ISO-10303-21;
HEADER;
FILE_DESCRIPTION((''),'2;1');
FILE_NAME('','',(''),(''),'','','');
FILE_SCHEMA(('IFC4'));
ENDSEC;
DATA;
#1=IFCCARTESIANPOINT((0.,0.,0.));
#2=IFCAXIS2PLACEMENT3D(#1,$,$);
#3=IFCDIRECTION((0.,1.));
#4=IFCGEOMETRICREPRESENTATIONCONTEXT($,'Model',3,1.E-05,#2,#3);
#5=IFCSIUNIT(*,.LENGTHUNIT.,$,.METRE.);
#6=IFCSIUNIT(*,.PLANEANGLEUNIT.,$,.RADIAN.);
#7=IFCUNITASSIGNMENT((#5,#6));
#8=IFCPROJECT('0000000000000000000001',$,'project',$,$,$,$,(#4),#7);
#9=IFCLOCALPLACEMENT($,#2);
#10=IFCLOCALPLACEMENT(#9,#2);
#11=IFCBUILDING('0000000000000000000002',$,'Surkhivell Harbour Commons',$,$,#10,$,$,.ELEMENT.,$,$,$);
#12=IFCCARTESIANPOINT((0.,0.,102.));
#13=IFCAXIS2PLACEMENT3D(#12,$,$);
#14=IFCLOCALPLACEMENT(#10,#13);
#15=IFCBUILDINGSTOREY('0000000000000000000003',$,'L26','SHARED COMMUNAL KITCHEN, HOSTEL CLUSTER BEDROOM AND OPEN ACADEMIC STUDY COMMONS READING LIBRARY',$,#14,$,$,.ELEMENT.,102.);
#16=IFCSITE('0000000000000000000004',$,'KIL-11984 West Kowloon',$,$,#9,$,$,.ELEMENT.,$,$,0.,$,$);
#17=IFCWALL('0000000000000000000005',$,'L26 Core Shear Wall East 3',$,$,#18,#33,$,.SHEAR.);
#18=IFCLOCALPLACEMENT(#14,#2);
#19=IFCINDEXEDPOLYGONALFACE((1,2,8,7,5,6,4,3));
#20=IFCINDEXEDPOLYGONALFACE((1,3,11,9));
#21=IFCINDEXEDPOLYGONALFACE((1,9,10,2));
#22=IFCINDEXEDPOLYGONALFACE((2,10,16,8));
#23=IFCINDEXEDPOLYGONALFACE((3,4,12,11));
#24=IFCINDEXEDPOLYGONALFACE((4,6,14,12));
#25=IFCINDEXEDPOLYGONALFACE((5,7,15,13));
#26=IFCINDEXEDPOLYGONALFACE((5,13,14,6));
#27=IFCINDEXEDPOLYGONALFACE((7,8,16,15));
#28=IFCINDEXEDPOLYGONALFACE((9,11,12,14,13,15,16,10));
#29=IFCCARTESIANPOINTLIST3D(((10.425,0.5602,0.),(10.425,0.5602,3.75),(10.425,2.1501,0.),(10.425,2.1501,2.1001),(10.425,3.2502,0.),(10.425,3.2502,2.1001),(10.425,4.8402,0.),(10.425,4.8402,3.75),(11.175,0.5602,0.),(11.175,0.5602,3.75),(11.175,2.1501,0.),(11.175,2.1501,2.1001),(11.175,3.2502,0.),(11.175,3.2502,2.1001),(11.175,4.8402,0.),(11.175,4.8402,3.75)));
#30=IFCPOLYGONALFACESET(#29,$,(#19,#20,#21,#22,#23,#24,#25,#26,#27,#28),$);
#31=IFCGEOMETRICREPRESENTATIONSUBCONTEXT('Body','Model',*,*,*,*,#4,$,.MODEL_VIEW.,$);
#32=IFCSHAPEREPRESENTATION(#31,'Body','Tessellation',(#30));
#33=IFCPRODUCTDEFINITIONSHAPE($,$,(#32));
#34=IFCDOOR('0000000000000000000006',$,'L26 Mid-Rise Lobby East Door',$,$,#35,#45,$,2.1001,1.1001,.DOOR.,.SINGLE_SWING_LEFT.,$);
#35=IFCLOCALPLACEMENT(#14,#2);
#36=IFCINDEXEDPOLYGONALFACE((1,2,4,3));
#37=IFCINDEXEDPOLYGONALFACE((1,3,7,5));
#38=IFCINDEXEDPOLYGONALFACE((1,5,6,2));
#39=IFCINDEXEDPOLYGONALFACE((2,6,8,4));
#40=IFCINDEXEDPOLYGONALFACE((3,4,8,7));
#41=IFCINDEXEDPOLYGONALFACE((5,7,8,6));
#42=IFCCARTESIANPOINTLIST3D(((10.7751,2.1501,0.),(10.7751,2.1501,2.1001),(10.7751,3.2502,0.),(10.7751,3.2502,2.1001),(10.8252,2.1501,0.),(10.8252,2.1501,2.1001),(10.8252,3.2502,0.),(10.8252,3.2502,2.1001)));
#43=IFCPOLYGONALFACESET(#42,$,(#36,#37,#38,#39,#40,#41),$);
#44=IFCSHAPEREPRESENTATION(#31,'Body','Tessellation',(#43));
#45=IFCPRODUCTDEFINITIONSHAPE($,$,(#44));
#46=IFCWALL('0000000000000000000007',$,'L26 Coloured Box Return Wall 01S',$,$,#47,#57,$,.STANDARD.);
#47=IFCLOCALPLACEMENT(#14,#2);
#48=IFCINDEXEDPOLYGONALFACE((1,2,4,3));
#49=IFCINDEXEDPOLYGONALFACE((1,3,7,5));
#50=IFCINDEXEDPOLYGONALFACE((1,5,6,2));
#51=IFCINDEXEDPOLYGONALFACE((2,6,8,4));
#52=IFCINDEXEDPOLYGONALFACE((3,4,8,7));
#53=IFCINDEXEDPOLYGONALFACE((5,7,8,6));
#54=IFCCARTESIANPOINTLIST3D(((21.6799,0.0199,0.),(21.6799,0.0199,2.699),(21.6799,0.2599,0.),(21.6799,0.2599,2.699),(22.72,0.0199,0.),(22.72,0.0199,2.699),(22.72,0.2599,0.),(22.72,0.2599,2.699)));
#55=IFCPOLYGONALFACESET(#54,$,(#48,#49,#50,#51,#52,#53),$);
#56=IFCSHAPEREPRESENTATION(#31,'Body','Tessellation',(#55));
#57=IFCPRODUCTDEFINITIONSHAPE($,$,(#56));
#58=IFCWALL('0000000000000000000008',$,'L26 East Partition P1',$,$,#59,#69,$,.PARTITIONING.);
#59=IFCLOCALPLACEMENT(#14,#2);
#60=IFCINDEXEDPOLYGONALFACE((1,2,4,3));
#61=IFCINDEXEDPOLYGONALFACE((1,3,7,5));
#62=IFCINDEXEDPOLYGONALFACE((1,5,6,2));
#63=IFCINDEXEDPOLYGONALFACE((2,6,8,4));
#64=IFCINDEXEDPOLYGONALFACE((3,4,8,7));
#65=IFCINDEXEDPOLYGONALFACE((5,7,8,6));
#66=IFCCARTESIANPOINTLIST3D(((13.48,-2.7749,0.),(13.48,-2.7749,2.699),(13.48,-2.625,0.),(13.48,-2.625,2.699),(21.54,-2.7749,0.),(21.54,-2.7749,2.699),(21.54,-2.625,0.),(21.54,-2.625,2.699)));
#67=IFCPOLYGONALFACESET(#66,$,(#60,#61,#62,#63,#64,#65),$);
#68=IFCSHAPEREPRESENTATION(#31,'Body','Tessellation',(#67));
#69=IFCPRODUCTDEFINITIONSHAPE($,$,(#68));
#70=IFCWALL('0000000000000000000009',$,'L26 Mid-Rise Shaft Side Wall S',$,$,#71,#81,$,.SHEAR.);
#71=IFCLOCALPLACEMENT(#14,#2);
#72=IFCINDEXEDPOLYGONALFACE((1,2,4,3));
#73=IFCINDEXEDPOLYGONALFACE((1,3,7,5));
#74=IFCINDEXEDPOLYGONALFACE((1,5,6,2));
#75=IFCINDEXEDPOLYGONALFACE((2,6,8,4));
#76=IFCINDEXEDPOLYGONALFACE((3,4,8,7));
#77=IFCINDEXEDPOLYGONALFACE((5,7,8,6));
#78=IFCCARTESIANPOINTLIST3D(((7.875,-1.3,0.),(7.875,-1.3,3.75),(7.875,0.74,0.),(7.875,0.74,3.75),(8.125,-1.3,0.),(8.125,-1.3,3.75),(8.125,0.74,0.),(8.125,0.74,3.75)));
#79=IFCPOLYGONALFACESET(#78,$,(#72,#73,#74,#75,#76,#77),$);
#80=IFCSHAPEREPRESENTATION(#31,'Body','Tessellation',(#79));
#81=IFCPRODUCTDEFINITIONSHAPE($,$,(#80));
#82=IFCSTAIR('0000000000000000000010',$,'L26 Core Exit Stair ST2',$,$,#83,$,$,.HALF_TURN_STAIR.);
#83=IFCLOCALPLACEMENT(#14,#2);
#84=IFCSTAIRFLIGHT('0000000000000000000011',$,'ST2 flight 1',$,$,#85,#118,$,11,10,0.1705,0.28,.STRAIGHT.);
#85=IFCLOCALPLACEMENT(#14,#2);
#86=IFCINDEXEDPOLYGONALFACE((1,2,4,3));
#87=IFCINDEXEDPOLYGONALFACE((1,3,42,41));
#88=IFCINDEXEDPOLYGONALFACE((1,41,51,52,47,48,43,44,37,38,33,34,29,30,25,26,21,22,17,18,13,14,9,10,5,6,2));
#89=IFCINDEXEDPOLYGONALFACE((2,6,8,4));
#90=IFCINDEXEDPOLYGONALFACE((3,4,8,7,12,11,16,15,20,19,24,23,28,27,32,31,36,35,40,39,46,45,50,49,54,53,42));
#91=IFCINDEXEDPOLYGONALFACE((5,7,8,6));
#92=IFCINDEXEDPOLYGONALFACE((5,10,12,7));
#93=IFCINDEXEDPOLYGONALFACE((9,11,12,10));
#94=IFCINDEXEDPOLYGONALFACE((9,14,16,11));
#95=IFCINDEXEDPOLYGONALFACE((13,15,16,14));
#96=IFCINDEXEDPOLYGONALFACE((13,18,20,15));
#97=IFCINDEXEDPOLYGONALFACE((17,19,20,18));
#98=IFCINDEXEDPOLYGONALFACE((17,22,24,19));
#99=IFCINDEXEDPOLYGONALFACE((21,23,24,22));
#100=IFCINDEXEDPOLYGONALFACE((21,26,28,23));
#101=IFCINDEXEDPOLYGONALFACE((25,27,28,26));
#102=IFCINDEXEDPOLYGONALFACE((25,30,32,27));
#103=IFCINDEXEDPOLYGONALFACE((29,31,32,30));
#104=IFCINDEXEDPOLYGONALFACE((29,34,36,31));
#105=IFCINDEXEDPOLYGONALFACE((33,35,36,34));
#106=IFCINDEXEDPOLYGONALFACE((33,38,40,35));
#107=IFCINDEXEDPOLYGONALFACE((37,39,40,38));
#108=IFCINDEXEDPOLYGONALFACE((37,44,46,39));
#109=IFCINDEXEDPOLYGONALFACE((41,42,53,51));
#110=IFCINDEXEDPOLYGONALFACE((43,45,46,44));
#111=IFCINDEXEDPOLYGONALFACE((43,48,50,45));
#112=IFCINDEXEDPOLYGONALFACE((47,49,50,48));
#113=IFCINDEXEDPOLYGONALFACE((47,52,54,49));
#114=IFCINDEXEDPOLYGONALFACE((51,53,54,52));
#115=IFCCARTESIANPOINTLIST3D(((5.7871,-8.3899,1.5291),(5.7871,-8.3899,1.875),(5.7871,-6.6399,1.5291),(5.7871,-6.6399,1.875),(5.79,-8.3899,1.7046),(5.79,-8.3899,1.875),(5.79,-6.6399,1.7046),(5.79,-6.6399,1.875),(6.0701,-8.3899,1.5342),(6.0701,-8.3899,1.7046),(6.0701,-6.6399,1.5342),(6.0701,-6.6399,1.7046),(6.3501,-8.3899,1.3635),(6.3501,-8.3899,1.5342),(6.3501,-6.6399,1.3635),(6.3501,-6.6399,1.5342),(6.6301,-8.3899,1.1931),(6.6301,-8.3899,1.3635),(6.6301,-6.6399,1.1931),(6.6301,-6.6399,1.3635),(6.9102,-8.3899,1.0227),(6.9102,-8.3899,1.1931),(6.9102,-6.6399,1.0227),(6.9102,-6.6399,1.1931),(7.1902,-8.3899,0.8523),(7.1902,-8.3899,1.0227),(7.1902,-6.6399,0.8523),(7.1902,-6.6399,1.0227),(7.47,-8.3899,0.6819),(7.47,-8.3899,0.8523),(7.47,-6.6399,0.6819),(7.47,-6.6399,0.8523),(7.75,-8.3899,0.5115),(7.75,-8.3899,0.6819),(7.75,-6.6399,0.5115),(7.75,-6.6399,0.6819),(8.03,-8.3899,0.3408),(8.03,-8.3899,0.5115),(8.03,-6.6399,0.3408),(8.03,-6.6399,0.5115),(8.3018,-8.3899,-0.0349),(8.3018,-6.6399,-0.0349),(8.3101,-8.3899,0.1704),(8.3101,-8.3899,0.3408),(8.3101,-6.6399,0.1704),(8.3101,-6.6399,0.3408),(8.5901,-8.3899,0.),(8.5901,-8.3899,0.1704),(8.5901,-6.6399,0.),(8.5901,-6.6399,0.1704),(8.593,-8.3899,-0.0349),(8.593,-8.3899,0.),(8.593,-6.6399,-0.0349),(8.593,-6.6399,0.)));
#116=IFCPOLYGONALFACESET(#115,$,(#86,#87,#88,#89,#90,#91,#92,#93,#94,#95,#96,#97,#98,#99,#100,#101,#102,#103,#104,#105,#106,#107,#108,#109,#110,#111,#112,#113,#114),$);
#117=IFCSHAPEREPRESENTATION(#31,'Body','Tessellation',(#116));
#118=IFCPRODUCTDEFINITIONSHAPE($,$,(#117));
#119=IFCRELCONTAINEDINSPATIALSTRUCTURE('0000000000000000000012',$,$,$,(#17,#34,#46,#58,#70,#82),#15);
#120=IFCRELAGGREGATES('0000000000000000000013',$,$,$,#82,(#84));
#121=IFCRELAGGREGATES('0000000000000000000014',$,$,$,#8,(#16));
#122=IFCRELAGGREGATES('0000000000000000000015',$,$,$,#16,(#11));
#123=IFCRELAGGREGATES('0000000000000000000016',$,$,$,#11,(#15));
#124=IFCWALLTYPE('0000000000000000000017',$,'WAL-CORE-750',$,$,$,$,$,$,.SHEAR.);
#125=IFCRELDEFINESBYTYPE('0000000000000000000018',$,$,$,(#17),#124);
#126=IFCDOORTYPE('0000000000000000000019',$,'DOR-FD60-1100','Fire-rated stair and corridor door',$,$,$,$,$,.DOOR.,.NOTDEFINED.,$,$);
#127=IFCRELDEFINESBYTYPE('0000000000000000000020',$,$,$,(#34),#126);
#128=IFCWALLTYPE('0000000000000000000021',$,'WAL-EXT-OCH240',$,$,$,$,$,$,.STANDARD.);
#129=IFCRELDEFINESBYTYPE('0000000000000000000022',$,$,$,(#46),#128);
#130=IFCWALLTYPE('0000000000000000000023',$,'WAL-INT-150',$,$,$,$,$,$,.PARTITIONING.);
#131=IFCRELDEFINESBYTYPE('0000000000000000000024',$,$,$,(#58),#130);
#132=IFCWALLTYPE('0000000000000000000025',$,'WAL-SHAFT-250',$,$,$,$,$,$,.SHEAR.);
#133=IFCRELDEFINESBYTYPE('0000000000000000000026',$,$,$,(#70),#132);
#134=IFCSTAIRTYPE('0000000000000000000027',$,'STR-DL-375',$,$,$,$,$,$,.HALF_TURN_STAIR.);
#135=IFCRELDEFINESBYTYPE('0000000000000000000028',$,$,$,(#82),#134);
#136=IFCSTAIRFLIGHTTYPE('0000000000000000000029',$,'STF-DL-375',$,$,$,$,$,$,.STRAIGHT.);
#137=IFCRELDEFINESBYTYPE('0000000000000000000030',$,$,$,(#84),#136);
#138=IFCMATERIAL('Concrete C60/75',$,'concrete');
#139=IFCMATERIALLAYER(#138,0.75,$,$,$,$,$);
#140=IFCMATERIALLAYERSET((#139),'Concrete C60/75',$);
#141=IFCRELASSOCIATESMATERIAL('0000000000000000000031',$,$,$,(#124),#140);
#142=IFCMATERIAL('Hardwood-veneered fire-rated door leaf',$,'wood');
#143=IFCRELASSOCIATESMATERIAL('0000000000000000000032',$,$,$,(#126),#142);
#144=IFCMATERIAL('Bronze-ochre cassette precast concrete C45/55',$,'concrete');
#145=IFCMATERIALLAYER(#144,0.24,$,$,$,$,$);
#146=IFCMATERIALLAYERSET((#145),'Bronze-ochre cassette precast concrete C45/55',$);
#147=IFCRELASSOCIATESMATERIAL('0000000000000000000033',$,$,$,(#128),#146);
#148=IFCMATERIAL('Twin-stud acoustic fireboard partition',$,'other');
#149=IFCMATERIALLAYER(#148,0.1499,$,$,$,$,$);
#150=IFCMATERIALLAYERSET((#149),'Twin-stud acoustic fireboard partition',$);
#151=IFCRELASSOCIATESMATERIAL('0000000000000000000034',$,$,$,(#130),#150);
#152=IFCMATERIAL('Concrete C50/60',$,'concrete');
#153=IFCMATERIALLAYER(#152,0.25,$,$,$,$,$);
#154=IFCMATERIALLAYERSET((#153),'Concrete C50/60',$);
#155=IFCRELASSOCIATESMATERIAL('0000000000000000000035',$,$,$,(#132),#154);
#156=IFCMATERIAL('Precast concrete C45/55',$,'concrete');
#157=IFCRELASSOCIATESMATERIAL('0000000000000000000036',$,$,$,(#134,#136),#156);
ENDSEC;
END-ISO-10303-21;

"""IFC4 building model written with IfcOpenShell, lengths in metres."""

from ifc_helpers import new_model, si_unit, direction, frame, frame_2d, origin, place, context, subcontext, project, spatial, polyline, rectangle, outline, extrude, material, layer, layer_set, type_object, element, fill, aggregate, save


model = new_model("IFC4")

# Units and contexts
model_context = context("Model", 3, precision=1e-05, world=origin(), true_north=direction((0.0, 1.0)))
body_context = subcontext(model_context, "Body", "Model", "MODEL_VIEW")
ifc_project = project(units=[si_unit("LENGTHUNIT", "METRE"), si_unit("PLANEANGLEUNIT", "RADIAN")], contexts=[model_context])

# Site, building, storey
site_placement = place(None, origin())
site = spatial("IfcSite", under=ifc_project, at=site_placement, Name="KIL-11984 West Kowloon", CompositionType="ELEMENT", RefElevation=0.0)
building_placement = place(site_placement, origin())
building = spatial("IfcBuilding", under=site, at=building_placement, Name="Surkhivell Harbour Commons", CompositionType="ELEMENT")
storey_placement = place(building_placement, frame((0.0, 0.0, 102.0)))
storey = spatial("IfcBuildingStorey", under=building, at=storey_placement, Name="L26", Description="SHARED COMMUNAL KITCHEN, HOSTEL CLUSTER BEDROOM AND OPEN ACADEMIC STUDY COMMONS READING LIBRARY", CompositionType="ELEMENT", Elevation=102.0)

# Shared definitions
ifc_material_1 = material(Name="Concrete C60/75", Category="concrete")

# Wall, opening, door
ifc_layer_1 = layer(ifc_material_1, 0.75)
ifc_layer_set_1 = layer_set([ifc_layer_1], Name="Concrete C60/75")
wall_type_1 = type_object("IfcWallType", Name="WAL-CORE-750", PredefinedType="SHEAR", material=ifc_layer_set_1)
ifc_material_2 = material(Name="Hardwood-veneered fire-rated door leaf", Category="wood")
wall_1_placement = place(storey_placement, frame((10.8, 0.5601, 0.0), z_axis=(0.0, 0.0, 1.0), x_axis=(0.0, 1.0, 0.0)))
wall_1 = element("IfcWall", 1, at=wall_1_placement, inside=storey, type_object=wall_type_1, Name="L26 Core Shear Wall East 3", PredefinedType="SHEAR", context=body_context, shape_type="SweptSolid", body=[
    extrude(rectangle(XDim=4.28, YDim=0.75, at=frame_2d((2.1401, 0.0))), origin(), (0.0, 0.0, 1.0), 3.75),
])
opening_1_placement = place(wall_1_placement, frame((1.5901, 0.0, 0.0)))
opening_1 = element("IfcOpeningElement", 2, at=opening_1_placement, cuts=wall_1, PredefinedType="OPENING", context=body_context, shape_type="SweptSolid", body=[
    extrude(rectangle(XDim=1.1001, YDim=2.1001, at=frame_2d((0.55, 1.05))), frame((0.0, 0.385, 0.0), z_axis=(0.0, -1.0, 0.0), x_axis=(1.0, 0.0, 0.0)), (0.0, 0.0, 1.0), 0.77),
])
door_type_1 = type_object("IfcDoorType", Name="DOR-FD60-1100", Description="Fire-rated stair and corridor door", OperationType="NOTDEFINED", PredefinedType="DOOR", material=ifc_material_2)
door_1_placement = place(opening_1_placement, origin())
door_1 = element("IfcDoor", 3, at=door_1_placement, inside=storey, type_object=door_type_1, Name="L26 Mid-Rise Lobby East Door", OperationType="SINGLE_SWING_LEFT", OverallHeight=2.1001, OverallWidth=1.1001, PredefinedType="DOOR", context=body_context, shape_type="SweptSolid", body=[
    extrude(rectangle(XDim=1.1001, YDim=2.1001, at=frame_2d((0.55, 1.05))), frame((0.0, 0.0249, 0.0), z_axis=(0.0, -1.0, 0.0), x_axis=(1.0, 0.0, 0.0)), (0.0, 0.0, 1.0), 0.05),
])
fill(opening_1, door_1)

# Walls
ifc_material_3 = material(Name="Bronze-ochre cassette precast concrete C45/55", Category="concrete")
ifc_layer_2 = layer(ifc_material_3, 0.24)
ifc_layer_set_2 = layer_set([ifc_layer_2], Name="Bronze-ochre cassette precast concrete C45/55")
wall_type_2 = type_object("IfcWallType", Name="WAL-EXT-OCH240", PredefinedType="STANDARD", material=ifc_layer_set_2)
wall_2_placement = place(storey_placement, frame((21.6799, 0.1399, 0.0), z_axis=(0.0, 0.0, 1.0), x_axis=(1.0, 0.0, 0.0)))
element("IfcWall", 4, at=wall_2_placement, inside=storey, type_object=wall_type_2, Name="L26 Coloured Box Return Wall 01S", PredefinedType="STANDARD", context=body_context, shape_type="SweptSolid", body=[
    extrude(rectangle(XDim=1.04, YDim=0.24, at=frame_2d((0.52, 0.0))), origin(), (0.0, 0.0, 1.0), 2.699),
])
ifc_material_4 = material(Name="Twin-stud acoustic fireboard partition", Category="other")
ifc_layer_3 = layer(ifc_material_4, 0.1499)
ifc_layer_set_3 = layer_set([ifc_layer_3], Name="Twin-stud acoustic fireboard partition")
wall_type_3 = type_object("IfcWallType", Name="WAL-INT-150", PredefinedType="PARTITIONING", material=ifc_layer_set_3)
wall_3_placement = place(storey_placement, frame((13.48, -2.7, 0.0), z_axis=(0.0, 0.0, 1.0), x_axis=(1.0, 0.0, 0.0)))
element("IfcWall", 5, at=wall_3_placement, inside=storey, type_object=wall_type_3, Name="L26 East Partition P1", PredefinedType="PARTITIONING", context=body_context, shape_type="SweptSolid", body=[
    extrude(rectangle(XDim=8.0601, YDim=0.1499, at=frame_2d((4.03, 0.0))), origin(), (0.0, 0.0, 1.0), 2.699),
])
ifc_material_5 = material(Name="Concrete C50/60", Category="concrete")
ifc_layer_4 = layer(ifc_material_5, 0.25)
ifc_layer_set_4 = layer_set([ifc_layer_4], Name="Concrete C50/60")
wall_type_4 = type_object("IfcWallType", Name="WAL-SHAFT-250", PredefinedType="SHEAR", material=ifc_layer_set_4)
wall_4_placement = place(storey_placement, frame((8.0, -1.3, 0.0), z_axis=(0.0, 0.0, 1.0), x_axis=(0.0, 1.0, 0.0)))
element("IfcWall", 6, at=wall_4_placement, inside=storey, type_object=wall_type_4, Name="L26 Mid-Rise Shaft Side Wall S", PredefinedType="SHEAR", context=body_context, shape_type="SweptSolid", body=[
    extrude(rectangle(XDim=2.04, YDim=0.25, at=frame_2d((1.02, 0.0))), origin(), (0.0, 0.0, 1.0), 3.75),
])

# Stair, stair flight
ifc_material_6 = material(Name="Precast concrete C45/55", Category="concrete")
stair_type = type_object("IfcStairType", Name="STR-DL-375", PredefinedType="HALF_TURN_STAIR", material=ifc_material_6)
stair_placement = place(storey_placement, origin())
stair = element("IfcStair", 7, at=stair_placement, inside=storey, type_object=stair_type, Name="L26 Core Exit Stair ST2", PredefinedType="HALF_TURN_STAIR")
stair_flight_type = type_object("IfcStairFlightType", Name="STF-DL-375", PredefinedType="STRAIGHT", material=ifc_material_6)
stair_flight_placement = place(storey_placement, frame((8.5901, -7.5149, 0.0), z_axis=(0.0, 0.0, 1.0), x_axis=(-1.0, 0.0, 0.0)))
stair_flight = element("IfcStairFlight", 8, at=stair_flight_placement, type_object=stair_flight_type, Name="ST2 flight 1", NumberOfRisers=11, NumberOfTreads=10, PredefinedType="STRAIGHT", RiserHeight=0.1705, TreadLength=0.28, context=body_context, shape_type="SweptSolid", body=[
    extrude(outline(polyline([(-0.0029, -0.0349), (-0.0029, 0.0), (0.0, 0.0), (0.0, 0.1704), (0.28, 0.1704), (0.28, 0.3408), (0.5601, 0.3408), (0.5601, 0.5115), (0.8401, 0.5115), (0.8401, 0.6819), (1.1201, 0.6819), (1.1201, 0.8523), (1.3999, 0.8523), (1.3999, 1.0227), (1.6799, 1.0227), (1.6799, 1.1931), (1.96, 1.1931), (1.96, 1.3635), (2.24, 1.3635), (2.24, 1.5342), (2.52, 1.5342), (2.52, 1.7046), (2.8, 1.7046), (2.8, 1.875), (2.803, 1.875), (2.803, 1.5291), (0.2883, -0.0349), (-0.0029, -0.0349)])), frame((0.0, 0.875, 0.0), z_axis=(0.0, -1.0, 0.0), x_axis=(1.0, 0.0, 0.0)), (0.0, 0.0, 1.0), 1.75),
])
aggregate(stair, [stair_flight])

save(model, "model.ifc")
